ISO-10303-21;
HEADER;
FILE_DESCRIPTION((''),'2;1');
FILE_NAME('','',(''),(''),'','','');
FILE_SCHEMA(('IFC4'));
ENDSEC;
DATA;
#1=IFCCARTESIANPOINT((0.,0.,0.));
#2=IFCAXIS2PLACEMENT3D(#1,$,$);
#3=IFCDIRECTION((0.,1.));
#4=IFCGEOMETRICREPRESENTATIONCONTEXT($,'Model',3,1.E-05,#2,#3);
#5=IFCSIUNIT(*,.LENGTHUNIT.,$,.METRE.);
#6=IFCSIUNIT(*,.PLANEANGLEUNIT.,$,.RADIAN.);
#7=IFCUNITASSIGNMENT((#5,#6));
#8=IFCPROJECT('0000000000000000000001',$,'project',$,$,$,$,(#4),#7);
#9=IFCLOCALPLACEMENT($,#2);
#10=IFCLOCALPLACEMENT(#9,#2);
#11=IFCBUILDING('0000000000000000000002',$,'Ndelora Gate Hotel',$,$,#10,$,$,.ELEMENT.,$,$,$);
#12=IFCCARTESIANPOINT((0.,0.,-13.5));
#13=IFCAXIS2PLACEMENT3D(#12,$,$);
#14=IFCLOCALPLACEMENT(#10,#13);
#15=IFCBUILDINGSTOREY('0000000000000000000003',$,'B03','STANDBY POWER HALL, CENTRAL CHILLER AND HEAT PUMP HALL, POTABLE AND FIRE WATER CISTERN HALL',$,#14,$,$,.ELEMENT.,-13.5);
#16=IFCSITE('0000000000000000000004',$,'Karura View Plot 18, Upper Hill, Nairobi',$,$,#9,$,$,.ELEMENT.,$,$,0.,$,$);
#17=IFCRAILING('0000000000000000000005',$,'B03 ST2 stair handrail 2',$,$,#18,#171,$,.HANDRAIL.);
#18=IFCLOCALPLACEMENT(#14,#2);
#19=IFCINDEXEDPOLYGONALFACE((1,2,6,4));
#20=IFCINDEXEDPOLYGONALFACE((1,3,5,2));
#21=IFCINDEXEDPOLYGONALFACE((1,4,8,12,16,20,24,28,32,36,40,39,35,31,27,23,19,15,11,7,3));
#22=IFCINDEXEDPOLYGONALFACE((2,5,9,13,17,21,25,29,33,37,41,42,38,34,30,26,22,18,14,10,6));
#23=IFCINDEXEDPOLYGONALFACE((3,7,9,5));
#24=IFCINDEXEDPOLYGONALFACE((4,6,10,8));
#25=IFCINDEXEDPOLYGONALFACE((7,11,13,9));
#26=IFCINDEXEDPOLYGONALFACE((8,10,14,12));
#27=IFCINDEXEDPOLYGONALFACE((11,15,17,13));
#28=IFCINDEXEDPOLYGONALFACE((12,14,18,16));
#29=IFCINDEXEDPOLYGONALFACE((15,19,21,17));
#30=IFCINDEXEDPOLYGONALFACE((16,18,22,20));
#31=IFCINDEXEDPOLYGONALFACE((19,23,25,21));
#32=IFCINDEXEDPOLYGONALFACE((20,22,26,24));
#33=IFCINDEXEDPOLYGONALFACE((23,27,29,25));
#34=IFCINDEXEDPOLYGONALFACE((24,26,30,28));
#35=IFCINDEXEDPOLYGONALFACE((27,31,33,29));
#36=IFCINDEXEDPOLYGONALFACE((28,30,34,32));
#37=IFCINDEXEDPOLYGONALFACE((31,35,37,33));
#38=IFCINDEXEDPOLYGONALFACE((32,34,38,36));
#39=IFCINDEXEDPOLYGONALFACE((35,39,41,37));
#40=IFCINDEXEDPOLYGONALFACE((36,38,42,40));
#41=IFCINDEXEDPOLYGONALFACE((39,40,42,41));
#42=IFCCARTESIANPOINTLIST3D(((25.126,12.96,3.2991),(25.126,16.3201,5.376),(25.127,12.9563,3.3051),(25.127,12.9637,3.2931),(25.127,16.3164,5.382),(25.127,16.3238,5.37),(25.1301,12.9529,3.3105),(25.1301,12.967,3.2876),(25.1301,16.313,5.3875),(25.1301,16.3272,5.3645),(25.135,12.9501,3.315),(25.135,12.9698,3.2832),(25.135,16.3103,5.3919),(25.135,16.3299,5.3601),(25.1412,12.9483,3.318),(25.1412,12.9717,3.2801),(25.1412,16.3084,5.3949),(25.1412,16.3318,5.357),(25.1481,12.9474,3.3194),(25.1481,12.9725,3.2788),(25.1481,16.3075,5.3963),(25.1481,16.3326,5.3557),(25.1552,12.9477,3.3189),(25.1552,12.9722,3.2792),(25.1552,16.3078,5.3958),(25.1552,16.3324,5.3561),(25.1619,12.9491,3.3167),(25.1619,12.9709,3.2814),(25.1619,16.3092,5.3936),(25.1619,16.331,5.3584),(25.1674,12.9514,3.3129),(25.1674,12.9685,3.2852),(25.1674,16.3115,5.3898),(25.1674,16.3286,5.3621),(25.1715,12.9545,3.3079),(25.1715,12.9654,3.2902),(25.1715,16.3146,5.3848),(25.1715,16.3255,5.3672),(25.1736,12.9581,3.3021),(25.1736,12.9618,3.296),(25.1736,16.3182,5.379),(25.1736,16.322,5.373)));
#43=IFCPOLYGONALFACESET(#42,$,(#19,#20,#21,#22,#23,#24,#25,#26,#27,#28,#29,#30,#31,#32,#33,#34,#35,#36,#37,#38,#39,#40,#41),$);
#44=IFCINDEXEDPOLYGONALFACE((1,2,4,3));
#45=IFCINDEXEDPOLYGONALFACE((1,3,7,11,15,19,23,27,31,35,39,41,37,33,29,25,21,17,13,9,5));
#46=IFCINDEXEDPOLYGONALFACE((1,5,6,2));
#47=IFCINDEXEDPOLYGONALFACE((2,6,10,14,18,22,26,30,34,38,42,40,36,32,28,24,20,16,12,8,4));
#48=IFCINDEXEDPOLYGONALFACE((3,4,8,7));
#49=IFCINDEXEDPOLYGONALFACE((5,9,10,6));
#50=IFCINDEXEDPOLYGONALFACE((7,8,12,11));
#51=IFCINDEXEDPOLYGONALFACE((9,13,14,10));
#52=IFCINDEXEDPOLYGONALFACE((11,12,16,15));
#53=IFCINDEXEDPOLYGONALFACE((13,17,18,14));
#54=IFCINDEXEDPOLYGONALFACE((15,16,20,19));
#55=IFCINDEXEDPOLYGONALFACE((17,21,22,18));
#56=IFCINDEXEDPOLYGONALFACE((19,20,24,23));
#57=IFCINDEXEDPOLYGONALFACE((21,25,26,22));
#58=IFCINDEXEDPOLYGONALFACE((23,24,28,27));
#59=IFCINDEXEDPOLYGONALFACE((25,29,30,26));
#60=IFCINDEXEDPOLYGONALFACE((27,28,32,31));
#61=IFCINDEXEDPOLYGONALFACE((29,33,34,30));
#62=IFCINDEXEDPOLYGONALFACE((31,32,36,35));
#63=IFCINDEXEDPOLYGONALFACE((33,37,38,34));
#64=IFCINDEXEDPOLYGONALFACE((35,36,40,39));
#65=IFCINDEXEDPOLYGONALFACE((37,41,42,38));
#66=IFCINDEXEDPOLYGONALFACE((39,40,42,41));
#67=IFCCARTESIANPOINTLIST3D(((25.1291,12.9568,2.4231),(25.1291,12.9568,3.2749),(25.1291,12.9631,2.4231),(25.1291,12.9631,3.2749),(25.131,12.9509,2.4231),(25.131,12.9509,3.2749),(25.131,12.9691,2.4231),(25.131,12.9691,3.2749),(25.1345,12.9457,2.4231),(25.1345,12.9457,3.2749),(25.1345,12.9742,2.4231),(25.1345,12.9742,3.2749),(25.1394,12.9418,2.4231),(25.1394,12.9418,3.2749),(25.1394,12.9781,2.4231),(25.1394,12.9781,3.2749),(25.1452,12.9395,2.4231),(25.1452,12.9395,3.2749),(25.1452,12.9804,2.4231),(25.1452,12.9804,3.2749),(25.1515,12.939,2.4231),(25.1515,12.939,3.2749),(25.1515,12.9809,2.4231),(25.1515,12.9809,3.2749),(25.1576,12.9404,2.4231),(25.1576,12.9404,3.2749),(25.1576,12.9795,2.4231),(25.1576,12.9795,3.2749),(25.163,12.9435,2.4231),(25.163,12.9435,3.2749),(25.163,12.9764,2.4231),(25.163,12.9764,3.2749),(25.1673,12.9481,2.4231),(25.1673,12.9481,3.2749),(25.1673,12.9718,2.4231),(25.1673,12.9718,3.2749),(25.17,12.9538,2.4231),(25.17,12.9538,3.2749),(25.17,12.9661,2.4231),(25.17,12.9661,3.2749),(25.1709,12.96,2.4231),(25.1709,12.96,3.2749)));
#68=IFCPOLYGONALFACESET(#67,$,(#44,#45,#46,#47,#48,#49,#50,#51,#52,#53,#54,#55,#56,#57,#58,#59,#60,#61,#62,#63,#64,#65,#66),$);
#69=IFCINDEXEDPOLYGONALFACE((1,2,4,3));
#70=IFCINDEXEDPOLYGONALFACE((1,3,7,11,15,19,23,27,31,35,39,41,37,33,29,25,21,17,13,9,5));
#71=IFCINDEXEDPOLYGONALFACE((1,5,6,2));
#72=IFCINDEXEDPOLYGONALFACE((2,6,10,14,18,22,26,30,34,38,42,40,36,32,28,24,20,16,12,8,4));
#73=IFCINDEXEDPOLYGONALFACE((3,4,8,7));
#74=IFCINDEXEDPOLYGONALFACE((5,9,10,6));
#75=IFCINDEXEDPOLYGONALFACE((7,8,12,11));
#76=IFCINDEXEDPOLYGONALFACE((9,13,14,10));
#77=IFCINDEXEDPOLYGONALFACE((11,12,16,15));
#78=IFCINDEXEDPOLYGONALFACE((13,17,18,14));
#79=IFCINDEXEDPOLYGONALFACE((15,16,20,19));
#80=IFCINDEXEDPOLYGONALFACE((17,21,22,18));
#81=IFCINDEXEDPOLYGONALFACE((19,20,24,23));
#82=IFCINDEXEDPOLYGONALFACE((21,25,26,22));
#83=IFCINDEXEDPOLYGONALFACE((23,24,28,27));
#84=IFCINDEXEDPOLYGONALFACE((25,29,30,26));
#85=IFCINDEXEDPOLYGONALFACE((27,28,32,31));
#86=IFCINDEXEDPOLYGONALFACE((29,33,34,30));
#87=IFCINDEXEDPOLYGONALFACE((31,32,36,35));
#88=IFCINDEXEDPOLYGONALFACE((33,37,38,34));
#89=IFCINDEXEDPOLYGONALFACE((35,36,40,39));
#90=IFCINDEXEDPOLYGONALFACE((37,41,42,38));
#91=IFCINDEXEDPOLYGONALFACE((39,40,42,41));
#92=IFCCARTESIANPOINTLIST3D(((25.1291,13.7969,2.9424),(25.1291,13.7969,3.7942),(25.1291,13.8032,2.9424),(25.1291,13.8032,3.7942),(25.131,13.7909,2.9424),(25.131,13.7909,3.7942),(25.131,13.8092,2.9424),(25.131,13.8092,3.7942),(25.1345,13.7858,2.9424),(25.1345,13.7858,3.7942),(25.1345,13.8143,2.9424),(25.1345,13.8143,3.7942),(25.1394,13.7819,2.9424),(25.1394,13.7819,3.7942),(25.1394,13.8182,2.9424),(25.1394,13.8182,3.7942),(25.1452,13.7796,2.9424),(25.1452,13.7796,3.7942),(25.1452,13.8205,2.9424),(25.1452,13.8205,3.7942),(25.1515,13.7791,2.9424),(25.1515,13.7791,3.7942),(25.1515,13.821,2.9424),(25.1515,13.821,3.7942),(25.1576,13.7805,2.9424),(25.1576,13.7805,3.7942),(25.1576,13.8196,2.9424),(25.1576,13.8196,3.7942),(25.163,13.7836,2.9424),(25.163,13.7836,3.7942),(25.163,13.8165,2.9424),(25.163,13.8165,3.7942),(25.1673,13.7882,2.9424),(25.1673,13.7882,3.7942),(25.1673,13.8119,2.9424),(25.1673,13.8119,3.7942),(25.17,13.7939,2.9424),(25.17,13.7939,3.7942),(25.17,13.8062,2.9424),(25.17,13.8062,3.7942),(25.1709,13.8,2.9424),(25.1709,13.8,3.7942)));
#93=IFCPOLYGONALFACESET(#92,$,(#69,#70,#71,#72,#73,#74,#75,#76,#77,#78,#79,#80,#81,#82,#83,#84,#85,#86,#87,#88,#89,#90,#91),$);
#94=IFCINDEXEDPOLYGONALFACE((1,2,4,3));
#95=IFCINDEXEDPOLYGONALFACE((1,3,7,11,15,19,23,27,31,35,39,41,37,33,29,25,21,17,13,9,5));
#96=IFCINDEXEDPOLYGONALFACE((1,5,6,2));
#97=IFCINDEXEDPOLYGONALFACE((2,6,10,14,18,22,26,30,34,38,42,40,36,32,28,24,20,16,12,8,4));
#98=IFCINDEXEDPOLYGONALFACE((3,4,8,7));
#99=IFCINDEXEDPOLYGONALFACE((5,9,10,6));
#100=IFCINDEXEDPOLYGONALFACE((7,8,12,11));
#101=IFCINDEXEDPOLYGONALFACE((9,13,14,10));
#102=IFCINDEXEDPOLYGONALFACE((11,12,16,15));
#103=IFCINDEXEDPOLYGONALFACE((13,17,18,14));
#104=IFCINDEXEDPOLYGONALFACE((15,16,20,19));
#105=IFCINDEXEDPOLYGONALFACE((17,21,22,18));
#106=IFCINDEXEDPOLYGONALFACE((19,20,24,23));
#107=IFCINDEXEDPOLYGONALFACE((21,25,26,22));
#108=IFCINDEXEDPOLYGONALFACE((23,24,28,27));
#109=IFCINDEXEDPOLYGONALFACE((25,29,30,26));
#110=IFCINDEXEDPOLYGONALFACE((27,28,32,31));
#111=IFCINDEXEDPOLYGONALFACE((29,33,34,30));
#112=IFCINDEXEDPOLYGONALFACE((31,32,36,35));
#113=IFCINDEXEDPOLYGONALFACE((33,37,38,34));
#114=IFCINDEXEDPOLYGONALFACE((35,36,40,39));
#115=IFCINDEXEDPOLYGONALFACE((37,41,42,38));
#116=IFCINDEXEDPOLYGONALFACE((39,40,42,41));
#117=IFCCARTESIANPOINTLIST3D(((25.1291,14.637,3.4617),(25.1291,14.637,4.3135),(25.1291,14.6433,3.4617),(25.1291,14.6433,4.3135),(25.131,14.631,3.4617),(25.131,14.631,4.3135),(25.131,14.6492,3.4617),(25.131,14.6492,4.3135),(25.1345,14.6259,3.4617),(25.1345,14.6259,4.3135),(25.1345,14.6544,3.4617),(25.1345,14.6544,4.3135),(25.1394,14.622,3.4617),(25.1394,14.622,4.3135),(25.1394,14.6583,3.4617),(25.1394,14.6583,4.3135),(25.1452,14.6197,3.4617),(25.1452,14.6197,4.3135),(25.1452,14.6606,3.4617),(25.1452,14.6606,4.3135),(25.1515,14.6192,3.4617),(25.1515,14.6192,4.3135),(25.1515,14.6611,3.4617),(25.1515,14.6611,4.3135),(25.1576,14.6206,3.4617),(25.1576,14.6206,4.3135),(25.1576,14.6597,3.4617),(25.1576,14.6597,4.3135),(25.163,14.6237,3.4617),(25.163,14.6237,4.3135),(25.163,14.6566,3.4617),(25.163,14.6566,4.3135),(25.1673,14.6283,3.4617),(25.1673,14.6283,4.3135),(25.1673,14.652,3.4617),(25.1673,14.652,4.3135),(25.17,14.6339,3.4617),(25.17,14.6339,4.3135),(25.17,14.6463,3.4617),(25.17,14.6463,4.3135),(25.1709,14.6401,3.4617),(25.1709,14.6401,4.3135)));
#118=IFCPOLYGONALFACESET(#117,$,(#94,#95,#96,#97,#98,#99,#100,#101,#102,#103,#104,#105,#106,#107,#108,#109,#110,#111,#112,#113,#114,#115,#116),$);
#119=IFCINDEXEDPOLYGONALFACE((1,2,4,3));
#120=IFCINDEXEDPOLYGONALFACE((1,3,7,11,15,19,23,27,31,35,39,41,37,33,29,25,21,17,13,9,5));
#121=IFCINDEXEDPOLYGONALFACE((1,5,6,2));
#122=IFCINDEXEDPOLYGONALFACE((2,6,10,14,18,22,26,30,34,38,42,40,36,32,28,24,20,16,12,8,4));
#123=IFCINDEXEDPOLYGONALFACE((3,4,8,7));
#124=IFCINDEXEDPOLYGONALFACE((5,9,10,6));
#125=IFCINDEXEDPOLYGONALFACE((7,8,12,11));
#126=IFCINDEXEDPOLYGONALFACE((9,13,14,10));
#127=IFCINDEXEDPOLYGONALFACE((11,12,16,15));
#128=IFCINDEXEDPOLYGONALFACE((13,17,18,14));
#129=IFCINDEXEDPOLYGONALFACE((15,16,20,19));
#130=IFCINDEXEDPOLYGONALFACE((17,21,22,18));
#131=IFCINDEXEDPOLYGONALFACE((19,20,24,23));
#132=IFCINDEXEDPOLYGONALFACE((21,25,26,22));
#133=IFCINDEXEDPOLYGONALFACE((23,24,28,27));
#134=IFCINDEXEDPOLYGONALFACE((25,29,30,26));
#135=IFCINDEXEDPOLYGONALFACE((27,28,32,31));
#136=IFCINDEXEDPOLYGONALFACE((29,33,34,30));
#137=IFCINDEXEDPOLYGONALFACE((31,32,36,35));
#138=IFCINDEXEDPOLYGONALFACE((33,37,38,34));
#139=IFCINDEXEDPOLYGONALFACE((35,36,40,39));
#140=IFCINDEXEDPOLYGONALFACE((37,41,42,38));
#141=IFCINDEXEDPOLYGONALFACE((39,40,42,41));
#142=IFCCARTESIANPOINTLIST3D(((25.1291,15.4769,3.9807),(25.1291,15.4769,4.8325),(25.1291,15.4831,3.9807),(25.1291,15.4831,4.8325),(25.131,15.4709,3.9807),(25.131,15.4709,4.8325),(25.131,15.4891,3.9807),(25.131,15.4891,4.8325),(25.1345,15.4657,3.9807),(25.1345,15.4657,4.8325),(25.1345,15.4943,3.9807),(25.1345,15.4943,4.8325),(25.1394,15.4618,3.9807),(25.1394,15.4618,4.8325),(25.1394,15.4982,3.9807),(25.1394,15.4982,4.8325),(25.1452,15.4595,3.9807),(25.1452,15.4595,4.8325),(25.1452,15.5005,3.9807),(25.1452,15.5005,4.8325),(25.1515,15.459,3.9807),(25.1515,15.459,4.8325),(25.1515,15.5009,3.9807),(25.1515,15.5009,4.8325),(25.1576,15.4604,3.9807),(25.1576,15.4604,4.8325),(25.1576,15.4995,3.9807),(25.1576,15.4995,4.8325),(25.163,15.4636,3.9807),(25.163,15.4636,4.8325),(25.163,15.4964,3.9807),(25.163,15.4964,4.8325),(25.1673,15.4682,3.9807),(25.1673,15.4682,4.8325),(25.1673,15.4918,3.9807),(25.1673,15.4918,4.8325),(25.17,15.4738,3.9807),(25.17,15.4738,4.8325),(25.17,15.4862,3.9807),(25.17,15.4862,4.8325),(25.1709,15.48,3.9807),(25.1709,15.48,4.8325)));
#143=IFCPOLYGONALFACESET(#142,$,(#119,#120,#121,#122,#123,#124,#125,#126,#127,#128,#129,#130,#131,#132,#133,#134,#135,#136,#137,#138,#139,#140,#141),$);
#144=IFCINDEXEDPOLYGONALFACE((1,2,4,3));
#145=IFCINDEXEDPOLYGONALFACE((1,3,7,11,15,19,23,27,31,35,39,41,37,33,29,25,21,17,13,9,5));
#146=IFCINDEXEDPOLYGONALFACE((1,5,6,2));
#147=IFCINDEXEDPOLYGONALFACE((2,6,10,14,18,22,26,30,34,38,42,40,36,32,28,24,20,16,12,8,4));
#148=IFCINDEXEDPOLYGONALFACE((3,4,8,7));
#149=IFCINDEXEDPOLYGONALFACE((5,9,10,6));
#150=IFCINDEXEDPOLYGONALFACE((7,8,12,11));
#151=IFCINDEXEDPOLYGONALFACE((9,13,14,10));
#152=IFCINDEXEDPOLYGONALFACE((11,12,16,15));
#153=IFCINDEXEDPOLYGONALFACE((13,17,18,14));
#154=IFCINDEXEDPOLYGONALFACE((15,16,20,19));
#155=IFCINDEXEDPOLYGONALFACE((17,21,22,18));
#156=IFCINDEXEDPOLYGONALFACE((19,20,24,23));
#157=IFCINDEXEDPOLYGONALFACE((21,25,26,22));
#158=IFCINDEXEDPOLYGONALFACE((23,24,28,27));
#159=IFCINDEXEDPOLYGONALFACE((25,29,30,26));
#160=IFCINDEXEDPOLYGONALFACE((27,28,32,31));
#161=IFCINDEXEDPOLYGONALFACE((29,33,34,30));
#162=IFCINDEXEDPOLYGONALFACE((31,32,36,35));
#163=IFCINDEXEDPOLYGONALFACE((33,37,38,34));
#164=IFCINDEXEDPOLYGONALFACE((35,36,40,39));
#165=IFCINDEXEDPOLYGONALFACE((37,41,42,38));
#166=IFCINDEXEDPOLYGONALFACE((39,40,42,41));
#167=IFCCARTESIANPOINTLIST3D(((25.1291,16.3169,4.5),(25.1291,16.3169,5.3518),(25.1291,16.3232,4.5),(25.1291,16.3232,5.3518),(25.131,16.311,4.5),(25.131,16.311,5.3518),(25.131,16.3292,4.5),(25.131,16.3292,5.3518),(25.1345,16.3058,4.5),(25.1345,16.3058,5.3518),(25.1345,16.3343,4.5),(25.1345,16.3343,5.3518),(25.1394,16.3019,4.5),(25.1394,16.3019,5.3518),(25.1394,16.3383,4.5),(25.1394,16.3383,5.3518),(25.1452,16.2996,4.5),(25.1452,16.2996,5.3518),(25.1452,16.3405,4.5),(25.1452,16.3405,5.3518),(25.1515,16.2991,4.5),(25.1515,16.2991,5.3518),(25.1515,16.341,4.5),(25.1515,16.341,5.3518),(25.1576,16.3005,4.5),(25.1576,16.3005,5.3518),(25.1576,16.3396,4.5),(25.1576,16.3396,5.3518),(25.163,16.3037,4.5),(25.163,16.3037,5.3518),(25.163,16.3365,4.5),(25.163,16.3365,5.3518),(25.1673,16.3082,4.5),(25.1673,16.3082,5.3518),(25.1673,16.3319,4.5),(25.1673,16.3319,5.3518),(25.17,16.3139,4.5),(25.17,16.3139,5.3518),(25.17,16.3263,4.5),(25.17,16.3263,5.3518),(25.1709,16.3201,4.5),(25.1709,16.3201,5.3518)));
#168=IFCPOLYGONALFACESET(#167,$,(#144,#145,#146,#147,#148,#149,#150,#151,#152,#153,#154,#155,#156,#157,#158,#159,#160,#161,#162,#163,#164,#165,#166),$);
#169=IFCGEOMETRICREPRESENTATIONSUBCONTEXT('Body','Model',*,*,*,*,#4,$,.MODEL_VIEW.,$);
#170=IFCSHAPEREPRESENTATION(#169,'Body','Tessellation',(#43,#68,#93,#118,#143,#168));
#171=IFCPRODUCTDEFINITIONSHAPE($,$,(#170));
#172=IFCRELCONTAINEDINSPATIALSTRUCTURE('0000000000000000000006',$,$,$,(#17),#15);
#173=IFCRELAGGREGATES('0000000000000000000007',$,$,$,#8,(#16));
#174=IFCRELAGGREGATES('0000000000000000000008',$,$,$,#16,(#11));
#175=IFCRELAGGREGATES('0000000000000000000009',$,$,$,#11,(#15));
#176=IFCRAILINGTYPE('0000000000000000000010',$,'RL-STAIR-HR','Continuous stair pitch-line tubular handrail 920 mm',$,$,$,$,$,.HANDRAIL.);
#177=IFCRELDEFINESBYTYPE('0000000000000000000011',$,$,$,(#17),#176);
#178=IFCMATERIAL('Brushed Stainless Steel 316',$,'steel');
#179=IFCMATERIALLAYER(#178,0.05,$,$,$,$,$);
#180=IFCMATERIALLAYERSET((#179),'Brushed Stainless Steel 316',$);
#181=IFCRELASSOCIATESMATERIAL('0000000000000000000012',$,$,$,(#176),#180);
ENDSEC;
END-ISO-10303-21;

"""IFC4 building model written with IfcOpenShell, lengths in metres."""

from ifc_helpers import new_model, si_unit, direction, frame, origin, origin_2d, place, context, subcontext, project, spatial, circle, extrude, material, layer, layer_set, type_object, element, save


model = new_model("IFC4")

# Units and contexts
model_context = context("Model", 3, precision=1e-05, world=origin(), true_north=direction((0.0, 1.0)))
body_context = subcontext(model_context, "Body", "Model", "MODEL_VIEW")
ifc_project = project(units=[si_unit("LENGTHUNIT", "METRE"), si_unit("PLANEANGLEUNIT", "RADIAN")], contexts=[model_context])

# Site, building, storey
site_placement = place(None, origin())
site = spatial("IfcSite", under=ifc_project, at=site_placement, Name="Karura View Plot 18, Upper Hill, Nairobi", CompositionType="ELEMENT", RefElevation=0.0)
building_placement = place(site_placement, origin())
building = spatial("IfcBuilding", under=site, at=building_placement, Name="Ndelora Gate Hotel", CompositionType="ELEMENT")
storey_placement = place(building_placement, frame((0.0, 0.0, -13.5)))
storey = spatial("IfcBuildingStorey", under=building, at=storey_placement, Name="B03", Description="STANDBY POWER HALL, CENTRAL CHILLER AND HEAT PUMP HALL, POTABLE AND FIRE WATER CISTERN HALL", CompositionType="ELEMENT", Elevation=-13.5)

# Railing
ifc_material_1 = material(Name="Brushed Stainless Steel 316", Category="steel")
ifc_layer_1 = layer(ifc_material_1, 0.05)
ifc_layer_set_1 = layer_set([ifc_layer_1], Name="Brushed Stainless Steel 316")
railing_type_1 = type_object("IfcRailingType", Name="RL-STAIR-HR", Description="Continuous stair pitch-line tubular handrail 920 mm", PredefinedType="HANDRAIL", material=ifc_layer_set_1)
railing_1_placement = place(storey_placement, frame((25.1499, 12.96, 2.4231)))
element("IfcRailing", 1, at=railing_1_placement, inside=storey, type_object=railing_type_1, Name="B03 ST2 stair handrail 2", PredefinedType="HANDRAIL", context=body_context, shape_type="SweptSolid", body=[
    extrude(circle(Radius=0.0239, at=origin_2d()), frame((0.0, 0.0, 0.876), z_axis=(0.0, 0.850623, 0.525776), x_axis=(-1.0, 0.0, 0.0)), (0.0, 0.0, 1.0), 3.9502),
    extrude(circle(Radius=0.021, at=origin_2d()), origin(), (0.0, 0.0, 1.0), 0.8518),
    extrude(circle(Radius=0.021, at=origin_2d()), frame((0.0, 0.8401, 0.5193)), (0.0, 0.0, 1.0), 0.8518),
    extrude(circle(Radius=0.021, at=origin_2d()), frame((0.0, 1.6802, 1.0386)), (0.0, 0.0, 1.0), 0.8518),
    extrude(circle(Radius=0.021, at=origin_2d()), frame((0.0, 2.52, 1.5576)), (0.0, 0.0, 1.0), 0.8518),
    extrude(circle(Radius=0.021, at=origin_2d()), frame((0.0, 3.3601, 2.0769)), (0.0, 0.0, 1.0), 0.8518),
])

save(model, "model.ifc")
